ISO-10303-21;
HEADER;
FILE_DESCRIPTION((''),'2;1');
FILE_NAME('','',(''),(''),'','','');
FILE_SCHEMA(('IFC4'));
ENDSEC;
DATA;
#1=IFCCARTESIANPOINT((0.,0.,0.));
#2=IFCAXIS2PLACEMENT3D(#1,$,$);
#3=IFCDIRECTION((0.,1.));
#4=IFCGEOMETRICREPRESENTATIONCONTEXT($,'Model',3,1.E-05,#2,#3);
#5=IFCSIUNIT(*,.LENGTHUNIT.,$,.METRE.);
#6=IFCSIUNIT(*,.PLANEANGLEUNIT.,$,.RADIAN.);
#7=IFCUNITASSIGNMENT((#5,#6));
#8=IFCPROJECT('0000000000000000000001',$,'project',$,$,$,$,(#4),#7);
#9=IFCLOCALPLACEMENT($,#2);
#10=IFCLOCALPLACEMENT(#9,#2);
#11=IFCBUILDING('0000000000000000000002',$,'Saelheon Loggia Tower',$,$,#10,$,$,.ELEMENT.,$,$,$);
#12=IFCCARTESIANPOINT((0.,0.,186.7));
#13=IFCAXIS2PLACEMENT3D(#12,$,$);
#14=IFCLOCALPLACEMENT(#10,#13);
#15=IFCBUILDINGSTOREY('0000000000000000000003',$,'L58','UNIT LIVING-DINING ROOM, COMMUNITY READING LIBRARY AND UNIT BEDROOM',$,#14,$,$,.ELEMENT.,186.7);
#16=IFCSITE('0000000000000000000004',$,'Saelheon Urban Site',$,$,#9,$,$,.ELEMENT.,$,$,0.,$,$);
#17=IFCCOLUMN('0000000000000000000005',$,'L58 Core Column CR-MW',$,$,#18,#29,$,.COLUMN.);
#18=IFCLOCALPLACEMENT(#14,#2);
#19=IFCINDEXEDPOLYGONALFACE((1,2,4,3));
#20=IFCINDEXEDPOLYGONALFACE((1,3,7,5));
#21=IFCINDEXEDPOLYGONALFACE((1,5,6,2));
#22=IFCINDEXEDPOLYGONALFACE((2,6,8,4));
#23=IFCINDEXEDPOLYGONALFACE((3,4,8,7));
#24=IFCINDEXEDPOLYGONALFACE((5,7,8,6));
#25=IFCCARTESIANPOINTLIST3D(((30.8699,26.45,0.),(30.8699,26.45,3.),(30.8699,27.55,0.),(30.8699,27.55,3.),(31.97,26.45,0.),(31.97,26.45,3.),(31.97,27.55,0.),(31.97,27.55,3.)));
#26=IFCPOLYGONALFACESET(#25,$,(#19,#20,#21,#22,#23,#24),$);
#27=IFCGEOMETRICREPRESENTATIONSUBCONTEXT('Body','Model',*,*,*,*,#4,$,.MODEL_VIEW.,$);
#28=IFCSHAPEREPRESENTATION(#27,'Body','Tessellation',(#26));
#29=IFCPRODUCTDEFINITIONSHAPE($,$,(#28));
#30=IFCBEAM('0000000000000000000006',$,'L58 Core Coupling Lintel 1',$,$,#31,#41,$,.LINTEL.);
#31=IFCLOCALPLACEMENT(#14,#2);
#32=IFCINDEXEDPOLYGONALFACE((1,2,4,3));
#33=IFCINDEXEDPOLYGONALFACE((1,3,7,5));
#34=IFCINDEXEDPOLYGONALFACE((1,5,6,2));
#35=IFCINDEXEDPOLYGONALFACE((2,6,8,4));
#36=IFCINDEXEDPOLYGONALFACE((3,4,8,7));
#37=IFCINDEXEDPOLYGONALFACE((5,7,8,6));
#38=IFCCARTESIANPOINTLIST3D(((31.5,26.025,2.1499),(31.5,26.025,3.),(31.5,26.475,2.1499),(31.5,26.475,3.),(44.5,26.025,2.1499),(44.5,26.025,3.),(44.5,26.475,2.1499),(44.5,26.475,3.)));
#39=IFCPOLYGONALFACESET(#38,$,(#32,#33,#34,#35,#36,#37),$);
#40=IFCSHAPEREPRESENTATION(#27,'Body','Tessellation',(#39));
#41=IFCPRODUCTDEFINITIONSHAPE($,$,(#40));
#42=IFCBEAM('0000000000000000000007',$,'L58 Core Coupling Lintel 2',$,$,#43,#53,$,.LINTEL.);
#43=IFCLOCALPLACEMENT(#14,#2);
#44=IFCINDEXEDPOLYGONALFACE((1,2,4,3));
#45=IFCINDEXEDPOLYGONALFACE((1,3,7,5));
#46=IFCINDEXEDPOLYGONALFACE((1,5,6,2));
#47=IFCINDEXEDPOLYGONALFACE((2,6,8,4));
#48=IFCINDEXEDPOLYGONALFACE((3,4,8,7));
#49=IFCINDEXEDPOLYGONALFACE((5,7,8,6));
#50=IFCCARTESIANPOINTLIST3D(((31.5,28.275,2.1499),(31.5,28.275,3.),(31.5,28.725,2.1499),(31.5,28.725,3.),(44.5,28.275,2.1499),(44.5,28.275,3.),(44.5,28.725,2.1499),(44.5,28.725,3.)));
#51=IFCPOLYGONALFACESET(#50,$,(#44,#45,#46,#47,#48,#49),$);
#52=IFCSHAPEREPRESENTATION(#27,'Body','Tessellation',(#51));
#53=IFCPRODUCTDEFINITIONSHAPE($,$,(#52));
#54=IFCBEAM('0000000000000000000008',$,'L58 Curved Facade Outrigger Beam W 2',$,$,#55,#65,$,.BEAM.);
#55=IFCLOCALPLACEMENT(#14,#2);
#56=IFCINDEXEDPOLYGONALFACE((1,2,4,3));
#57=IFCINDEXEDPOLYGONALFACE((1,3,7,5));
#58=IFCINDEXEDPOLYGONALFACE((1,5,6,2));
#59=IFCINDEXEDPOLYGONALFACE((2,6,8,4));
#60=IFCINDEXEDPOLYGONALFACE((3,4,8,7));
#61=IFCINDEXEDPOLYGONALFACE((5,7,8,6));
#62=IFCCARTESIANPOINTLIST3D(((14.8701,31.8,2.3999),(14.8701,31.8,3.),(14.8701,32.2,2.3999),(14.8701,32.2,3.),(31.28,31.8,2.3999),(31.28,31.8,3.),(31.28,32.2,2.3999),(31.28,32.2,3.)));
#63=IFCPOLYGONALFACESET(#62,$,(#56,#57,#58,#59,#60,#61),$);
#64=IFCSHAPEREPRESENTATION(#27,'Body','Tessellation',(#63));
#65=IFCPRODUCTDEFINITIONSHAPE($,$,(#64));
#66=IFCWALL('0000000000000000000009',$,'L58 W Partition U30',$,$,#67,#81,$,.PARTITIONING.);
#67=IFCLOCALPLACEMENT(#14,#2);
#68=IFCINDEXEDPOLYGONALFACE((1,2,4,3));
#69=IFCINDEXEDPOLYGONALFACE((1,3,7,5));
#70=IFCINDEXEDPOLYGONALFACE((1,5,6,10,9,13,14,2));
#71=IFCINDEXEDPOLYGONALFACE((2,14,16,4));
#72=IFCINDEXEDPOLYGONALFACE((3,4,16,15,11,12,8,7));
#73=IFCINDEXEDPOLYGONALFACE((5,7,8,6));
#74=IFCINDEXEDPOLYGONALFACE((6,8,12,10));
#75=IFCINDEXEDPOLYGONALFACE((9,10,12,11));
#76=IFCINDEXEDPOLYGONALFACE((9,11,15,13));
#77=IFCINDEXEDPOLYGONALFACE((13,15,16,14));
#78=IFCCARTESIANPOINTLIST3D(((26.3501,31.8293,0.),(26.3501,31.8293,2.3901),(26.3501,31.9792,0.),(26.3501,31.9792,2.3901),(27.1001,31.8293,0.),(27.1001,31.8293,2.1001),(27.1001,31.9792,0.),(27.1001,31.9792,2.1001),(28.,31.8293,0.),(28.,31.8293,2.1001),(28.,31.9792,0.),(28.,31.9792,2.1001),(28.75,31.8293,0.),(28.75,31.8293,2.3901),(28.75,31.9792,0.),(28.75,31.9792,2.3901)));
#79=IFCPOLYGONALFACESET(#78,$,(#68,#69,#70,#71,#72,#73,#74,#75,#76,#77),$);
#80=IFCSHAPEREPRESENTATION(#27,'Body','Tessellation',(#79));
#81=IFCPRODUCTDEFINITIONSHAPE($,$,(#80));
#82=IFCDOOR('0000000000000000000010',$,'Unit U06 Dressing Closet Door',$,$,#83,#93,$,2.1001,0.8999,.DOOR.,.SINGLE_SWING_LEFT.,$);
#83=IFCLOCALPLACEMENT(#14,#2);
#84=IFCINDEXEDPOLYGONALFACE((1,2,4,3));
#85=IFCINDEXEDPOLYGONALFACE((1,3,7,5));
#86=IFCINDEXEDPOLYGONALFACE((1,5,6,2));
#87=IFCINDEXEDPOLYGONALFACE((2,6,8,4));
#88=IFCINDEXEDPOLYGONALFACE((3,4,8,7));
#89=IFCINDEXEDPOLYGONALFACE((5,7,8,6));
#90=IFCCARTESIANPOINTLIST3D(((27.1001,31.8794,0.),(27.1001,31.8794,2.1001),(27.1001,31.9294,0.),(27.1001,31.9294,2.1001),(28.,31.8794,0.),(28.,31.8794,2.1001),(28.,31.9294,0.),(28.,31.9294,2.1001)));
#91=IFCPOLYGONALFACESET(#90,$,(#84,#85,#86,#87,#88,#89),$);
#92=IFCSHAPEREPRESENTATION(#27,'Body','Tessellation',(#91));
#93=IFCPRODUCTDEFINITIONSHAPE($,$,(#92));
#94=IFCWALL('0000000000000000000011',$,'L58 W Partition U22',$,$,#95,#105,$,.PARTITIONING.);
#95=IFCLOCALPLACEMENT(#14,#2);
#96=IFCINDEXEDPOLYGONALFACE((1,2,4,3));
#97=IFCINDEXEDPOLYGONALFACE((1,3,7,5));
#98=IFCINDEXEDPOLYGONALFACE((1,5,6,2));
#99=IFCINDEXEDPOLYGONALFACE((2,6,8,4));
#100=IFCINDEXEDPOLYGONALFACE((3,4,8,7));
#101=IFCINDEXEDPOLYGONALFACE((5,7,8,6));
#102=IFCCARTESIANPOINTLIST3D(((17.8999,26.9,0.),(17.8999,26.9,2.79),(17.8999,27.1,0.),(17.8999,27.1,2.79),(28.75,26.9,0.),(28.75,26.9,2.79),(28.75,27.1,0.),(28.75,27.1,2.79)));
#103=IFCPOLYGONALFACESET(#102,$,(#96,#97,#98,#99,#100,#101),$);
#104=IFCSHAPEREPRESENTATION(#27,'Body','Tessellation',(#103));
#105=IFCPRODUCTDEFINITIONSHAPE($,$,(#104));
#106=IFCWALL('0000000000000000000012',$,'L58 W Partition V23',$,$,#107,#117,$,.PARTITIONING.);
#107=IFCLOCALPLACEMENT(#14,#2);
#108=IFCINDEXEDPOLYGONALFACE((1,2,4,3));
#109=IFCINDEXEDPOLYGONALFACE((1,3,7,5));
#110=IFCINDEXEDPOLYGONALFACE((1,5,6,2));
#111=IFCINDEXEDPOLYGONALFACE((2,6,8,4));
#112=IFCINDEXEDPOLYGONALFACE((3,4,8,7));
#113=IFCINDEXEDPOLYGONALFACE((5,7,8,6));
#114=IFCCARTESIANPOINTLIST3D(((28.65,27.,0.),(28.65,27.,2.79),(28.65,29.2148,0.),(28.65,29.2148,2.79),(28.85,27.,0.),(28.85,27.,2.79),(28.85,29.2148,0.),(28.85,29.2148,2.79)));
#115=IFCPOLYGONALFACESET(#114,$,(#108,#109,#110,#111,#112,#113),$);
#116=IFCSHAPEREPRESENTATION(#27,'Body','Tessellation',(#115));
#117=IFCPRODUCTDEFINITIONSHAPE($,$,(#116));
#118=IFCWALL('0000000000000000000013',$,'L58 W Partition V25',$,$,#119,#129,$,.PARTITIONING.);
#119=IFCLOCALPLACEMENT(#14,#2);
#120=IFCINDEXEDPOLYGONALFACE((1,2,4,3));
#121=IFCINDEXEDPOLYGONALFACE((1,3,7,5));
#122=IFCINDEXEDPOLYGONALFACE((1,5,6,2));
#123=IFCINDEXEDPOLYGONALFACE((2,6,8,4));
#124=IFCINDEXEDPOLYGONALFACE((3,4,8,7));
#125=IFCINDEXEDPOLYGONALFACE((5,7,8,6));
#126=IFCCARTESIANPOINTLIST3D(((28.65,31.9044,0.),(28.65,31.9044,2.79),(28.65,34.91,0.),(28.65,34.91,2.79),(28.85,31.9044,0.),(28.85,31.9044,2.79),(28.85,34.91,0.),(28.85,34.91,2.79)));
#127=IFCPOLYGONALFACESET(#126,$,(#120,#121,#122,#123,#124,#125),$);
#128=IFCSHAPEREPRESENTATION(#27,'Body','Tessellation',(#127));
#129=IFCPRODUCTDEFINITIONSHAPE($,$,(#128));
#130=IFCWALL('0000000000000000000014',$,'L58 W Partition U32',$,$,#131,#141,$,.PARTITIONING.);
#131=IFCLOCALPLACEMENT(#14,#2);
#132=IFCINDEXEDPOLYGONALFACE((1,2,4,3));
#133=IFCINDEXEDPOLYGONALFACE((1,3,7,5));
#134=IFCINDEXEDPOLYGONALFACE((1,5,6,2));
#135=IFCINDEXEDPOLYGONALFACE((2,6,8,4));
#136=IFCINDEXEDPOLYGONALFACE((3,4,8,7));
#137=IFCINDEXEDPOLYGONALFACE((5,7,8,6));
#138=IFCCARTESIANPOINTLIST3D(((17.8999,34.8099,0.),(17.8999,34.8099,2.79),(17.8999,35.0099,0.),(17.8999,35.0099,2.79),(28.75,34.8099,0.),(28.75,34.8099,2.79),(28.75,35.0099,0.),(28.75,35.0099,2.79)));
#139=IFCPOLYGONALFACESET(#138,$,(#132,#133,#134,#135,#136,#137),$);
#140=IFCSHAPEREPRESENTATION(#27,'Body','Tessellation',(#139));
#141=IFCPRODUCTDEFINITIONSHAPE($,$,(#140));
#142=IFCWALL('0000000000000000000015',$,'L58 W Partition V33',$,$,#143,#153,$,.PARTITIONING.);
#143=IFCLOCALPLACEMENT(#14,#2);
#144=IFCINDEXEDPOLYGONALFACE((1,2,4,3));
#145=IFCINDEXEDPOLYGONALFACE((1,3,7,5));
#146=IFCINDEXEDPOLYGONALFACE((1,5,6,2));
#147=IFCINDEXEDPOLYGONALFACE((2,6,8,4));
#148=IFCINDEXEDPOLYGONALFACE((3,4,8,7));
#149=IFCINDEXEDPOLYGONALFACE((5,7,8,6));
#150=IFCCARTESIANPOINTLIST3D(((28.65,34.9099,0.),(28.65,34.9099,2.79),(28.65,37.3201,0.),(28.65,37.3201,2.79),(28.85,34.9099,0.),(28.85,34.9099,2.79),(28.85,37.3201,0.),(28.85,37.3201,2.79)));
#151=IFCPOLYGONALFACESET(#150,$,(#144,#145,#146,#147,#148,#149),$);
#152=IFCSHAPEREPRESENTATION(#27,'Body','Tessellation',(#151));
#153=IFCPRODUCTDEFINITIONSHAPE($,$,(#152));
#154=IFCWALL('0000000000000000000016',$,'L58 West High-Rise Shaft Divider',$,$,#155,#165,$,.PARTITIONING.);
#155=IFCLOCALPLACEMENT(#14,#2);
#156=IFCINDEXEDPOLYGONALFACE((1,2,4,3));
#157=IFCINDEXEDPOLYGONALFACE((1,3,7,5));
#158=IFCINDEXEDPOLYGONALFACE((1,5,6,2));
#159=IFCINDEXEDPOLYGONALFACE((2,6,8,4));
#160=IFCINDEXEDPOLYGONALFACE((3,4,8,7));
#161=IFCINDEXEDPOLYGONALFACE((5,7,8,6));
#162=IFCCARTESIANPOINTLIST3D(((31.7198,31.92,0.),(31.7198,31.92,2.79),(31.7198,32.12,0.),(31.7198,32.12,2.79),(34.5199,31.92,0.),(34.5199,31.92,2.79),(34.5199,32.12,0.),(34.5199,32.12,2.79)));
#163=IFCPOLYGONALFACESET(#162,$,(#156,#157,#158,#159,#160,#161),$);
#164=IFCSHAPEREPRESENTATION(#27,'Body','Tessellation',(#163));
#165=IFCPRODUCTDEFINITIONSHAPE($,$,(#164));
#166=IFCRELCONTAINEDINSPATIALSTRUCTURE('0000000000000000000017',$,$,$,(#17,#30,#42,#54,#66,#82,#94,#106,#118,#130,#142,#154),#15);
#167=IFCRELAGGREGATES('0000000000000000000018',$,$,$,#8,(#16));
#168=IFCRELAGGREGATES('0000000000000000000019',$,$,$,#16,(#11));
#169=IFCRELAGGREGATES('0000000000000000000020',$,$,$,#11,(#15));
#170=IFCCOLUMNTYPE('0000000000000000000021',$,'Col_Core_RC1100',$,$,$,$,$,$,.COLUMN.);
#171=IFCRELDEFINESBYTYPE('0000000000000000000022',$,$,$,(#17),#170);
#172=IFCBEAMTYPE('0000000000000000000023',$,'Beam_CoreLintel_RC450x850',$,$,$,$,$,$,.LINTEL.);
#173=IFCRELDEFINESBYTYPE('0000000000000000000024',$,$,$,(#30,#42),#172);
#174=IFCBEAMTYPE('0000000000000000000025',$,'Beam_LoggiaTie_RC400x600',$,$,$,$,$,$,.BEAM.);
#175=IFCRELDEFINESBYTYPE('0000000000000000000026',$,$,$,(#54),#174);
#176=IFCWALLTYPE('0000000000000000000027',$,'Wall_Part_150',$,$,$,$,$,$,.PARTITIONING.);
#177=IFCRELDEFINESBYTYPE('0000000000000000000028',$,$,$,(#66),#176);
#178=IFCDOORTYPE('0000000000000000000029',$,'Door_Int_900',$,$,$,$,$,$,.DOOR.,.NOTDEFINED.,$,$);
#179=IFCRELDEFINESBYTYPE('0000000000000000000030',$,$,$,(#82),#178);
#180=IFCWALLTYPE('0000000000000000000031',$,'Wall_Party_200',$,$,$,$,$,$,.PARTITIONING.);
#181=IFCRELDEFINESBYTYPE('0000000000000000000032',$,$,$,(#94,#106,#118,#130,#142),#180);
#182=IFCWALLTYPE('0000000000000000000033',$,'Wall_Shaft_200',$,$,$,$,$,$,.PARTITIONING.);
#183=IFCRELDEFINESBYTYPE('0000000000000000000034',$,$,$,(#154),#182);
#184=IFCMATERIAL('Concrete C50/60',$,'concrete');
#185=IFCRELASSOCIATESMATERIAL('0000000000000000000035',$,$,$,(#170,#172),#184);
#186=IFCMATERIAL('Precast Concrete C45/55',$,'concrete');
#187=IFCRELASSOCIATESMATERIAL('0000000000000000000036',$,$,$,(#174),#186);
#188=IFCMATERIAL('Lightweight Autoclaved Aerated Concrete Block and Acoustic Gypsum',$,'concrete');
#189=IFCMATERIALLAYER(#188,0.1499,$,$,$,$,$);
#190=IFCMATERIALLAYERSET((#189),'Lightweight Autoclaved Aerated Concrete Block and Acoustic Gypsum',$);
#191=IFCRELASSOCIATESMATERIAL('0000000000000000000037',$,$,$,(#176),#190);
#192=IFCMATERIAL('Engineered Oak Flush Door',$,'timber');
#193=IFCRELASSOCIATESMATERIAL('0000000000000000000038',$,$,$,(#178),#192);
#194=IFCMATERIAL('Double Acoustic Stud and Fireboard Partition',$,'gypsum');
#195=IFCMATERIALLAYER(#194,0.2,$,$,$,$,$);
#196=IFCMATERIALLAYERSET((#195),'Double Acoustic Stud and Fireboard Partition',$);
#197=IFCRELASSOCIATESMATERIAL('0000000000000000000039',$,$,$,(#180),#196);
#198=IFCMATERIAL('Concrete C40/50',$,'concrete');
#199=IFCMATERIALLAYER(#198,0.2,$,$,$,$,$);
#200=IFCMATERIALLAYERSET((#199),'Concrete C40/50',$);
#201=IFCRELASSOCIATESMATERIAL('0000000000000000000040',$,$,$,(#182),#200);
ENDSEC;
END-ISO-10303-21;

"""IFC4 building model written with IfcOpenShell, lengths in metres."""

from ifc_helpers import new_model, si_unit, direction, frame, frame_2d, origin, origin_2d, place, context, subcontext, project, spatial, rectangle, extrude, source, transform, mapped, material, layer, layer_set, material_profile, profile_set, type_object, element, fill, save


model = new_model("IFC4")

# Units and contexts
model_context = context("Model", 3, precision=1e-05, world=origin(), true_north=direction((0.0, 1.0)))
body_context = subcontext(model_context, "Body", "Model", "MODEL_VIEW")
ifc_project = project(units=[si_unit("LENGTHUNIT", "METRE"), si_unit("PLANEANGLEUNIT", "RADIAN")], contexts=[model_context])

# Site, building, storey
site_placement = place(None, origin())
site = spatial("IfcSite", under=ifc_project, at=site_placement, Name="Saelheon Urban Site", CompositionType="ELEMENT", RefElevation=0.0)
building_placement = place(site_placement, origin())
building = spatial("IfcBuilding", under=site, at=building_placement, Name="Saelheon Loggia Tower", CompositionType="ELEMENT")
storey_placement = place(building_placement, frame((0.0, 0.0, 186.7)))
storey = spatial("IfcBuildingStorey", under=building, at=storey_placement, Name="L58", Description="UNIT LIVING-DINING ROOM, COMMUNITY READING LIBRARY AND UNIT BEDROOM", CompositionType="ELEMENT", Elevation=186.7)

# Column
ifc_material_1 = material(Name="Concrete C50/60", Category="concrete")
ifc_material_profile_1 = material_profile(ifc_material_1, rectangle(XDim=1.1001, YDim=1.1001, at=origin_2d()), Name="RC-1100x1100")
ifc_profile_set_1 = profile_set([ifc_material_profile_1], Name="Concrete C50/60")
column_type = type_object("IfcColumnType", Name="Col_Core_RC1100", PredefinedType="COLUMN", material=ifc_profile_set_1)
shared_shape_1 = source(origin(), body_context, "Body", "SweptSolid", [
    extrude(rectangle(XDim=1.1001, YDim=1.1001, at=origin_2d()), origin(), (0.0, 0.0, 1.0), 3.0),
])
column_placement = place(storey_placement, frame((31.4199, 27.0, 0.0), z_axis=(0.0, 0.0, 1.0), x_axis=(1.0, 0.0, 0.0)))
element("IfcColumn", 1, at=column_placement, inside=storey, type_object=column_type, Name="L58 Core Column CR-MW", PredefinedType="COLUMN", context=body_context, shape_type="MappedRepresentation", body=[
    mapped(shared_shape_1, transform((0.0, 0.0, 0.0), scale=1.0)),
])

# Beams
ifc_material_profile_2 = material_profile(ifc_material_1, rectangle(XDim=0.45, YDim=0.8501, at=origin_2d()), Name="RC-450x850")
ifc_profile_set_2 = profile_set([ifc_material_profile_2], Name="Concrete C50/60")
beam_type_1 = type_object("IfcBeamType", Name="Beam_CoreLintel_RC450x850", PredefinedType="LINTEL", material=ifc_profile_set_2)
shared_shape_2 = source(origin(), body_context, "Body", "SweptSolid", [
    extrude(rectangle(XDim=0.45, YDim=0.8501, at=origin_2d()), origin(), (0.0, 0.0, 1.0), 13.0),
])
for number, where, z_axis, x_axis, name in (
    (2, (31.5, 26.25, 2.575), (1.0, 0.0, 0.0), (0.0, 1.0, 0.0), "L58 Core Coupling Lintel 1"),
    (3, (31.5, 28.5, 2.575), (1.0, 0.0, 0.0), (0.0, 1.0, 0.0), "L58 Core Coupling Lintel 2"),
):
    element("IfcBeam", number, at=place(storey_placement, frame(where, z_axis=z_axis, x_axis=x_axis)), inside=storey, type_object=beam_type_1, Name=name, PredefinedType="LINTEL", context=body_context, shape_type="MappedRepresentation", body=[
        mapped(shared_shape_2, transform((0.0, 0.0, 0.0), scale=1.0)),
    ])
ifc_material_2 = material(Name="Precast Concrete C45/55", Category="concrete")
ifc_material_profile_3 = material_profile(ifc_material_2, rectangle(XDim=0.3999, YDim=0.6001, at=origin_2d()), Name="RC-400x600")
ifc_profile_set_3 = profile_set([ifc_material_profile_3], Name="Precast Concrete C45/55")
beam_type_2 = type_object("IfcBeamType", Name="Beam_LoggiaTie_RC400x600", PredefinedType="BEAM", material=ifc_profile_set_3)
shared_shape_3 = source(origin(), body_context, "Body", "SweptSolid", [
    extrude(rectangle(XDim=0.3999, YDim=0.6001, at=origin_2d()), origin(), (0.0, 0.0, 1.0), 16.4099),
])
beam_placement = place(storey_placement, frame((31.28, 32.0, 2.7), z_axis=(-1.0, 0.0, 0.0), x_axis=(0.0, -1.0, 0.0)))
element("IfcBeam", 4, at=beam_placement, inside=storey, type_object=beam_type_2, Name="L58 Curved Facade Outrigger Beam W 2", PredefinedType="BEAM", context=body_context, shape_type="MappedRepresentation", body=[
    mapped(shared_shape_3, transform((0.0, 0.0, 0.0), scale=1.0)),
])

# Wall, opening, door
ifc_material_3 = material(Name="Lightweight Autoclaved Aerated Concrete Block and Acoustic Gypsum", Category="concrete")
ifc_layer_1 = layer(ifc_material_3, 0.1499)
ifc_layer_set_1 = layer_set([ifc_layer_1], Name="Lightweight Autoclaved Aerated Concrete Block and Acoustic Gypsum")
wall_type_1 = type_object("IfcWallType", Name="Wall_Part_150", PredefinedType="PARTITIONING", material=ifc_layer_set_1)
wall_1_placement = place(storey_placement, frame((28.75, 31.9043, 0.0), z_axis=(0.0, 0.0, 1.0), x_axis=(-1.0, 0.0, 0.0)))
wall_1 = element("IfcWall", 5, at=wall_1_placement, inside=storey, type_object=wall_type_1, Name="L58 W Partition U30", PredefinedType="PARTITIONING", context=body_context, shape_type="SweptSolid", body=[
    extrude(rectangle(XDim=2.3999, YDim=0.1499, at=frame_2d((1.2, 0.0))), origin(), (0.0, 0.0, 1.0), 2.3901),
])
opening_1_placement = place(wall_1_placement, frame((0.75, 0.0, 0.0)))
opening_1 = element("IfcOpeningElement", 6, at=opening_1_placement, cuts=wall_1, PredefinedType="OPENING", context=body_context, shape_type="SweptSolid", body=[
    extrude(rectangle(XDim=0.8999, YDim=2.1001, at=frame_2d((0.45, 1.05))), frame((0.0, 0.0869, 0.0), z_axis=(0.0, -1.0, 0.0), x_axis=(1.0, 0.0, 0.0)), (0.0, 0.0, 1.0), 0.1738),
])
ifc_material_4 = material(Name="Engineered Oak Flush Door", Category="timber")
door_type_1 = type_object("IfcDoorType", Name="Door_Int_900", OperationType="NOTDEFINED", PredefinedType="DOOR", material=ifc_material_4)
shared_shape_4 = source(origin(), body_context, "Body", "SweptSolid", [
    extrude(rectangle(XDim=0.8999, YDim=2.1001, at=frame_2d((0.45, 1.05))), frame((0.0, 0.0249, 0.0), z_axis=(0.0, -1.0, 0.0), x_axis=(1.0, 0.0, 0.0)), (0.0, 0.0, 1.0), 0.05),
])
door_1_placement = place(opening_1_placement, origin())
door_1 = element("IfcDoor", 7, at=door_1_placement, inside=storey, type_object=door_type_1, Name="Unit U06 Dressing Closet Door", OperationType="SINGLE_SWING_LEFT", OverallHeight=2.1001, OverallWidth=0.8999, PredefinedType="DOOR", context=body_context, shape_type="MappedRepresentation", body=[
    mapped(shared_shape_4, transform((0.0, 0.0, 0.0), scale=1.0)),
])
fill(opening_1, door_1)

# Walls
ifc_material_5 = material(Name="Double Acoustic Stud and Fireboard Partition", Category="gypsum")
ifc_layer_2 = layer(ifc_material_5, 0.2)
ifc_layer_set_2 = layer_set([ifc_layer_2], Name="Double Acoustic Stud and Fireboard Partition")
wall_type_2 = type_object("IfcWallType", Name="Wall_Party_200", PredefinedType="PARTITIONING", material=ifc_layer_set_2)
wall_2_placement = place(storey_placement, frame((28.75, 27.0, 0.0), z_axis=(0.0, 0.0, 1.0), x_axis=(-1.0, 0.0, 0.0)))
element("IfcWall", 8, at=wall_2_placement, inside=storey, type_object=wall_type_2, Name="L58 W Partition U22", PredefinedType="PARTITIONING", context=body_context, shape_type="SweptSolid", body=[
    extrude(rectangle(XDim=10.8501, YDim=0.2, at=frame_2d((5.425, 0.0))), origin(), (0.0, 0.0, 1.0), 2.79),
])
wall_3_placement = place(storey_placement, frame((28.75, 27.0, 0.0), z_axis=(0.0, 0.0, 1.0), x_axis=(0.0, 1.0, 0.0)))
element("IfcWall", 9, at=wall_3_placement, inside=storey, type_object=wall_type_2, Name="L58 W Partition V23", PredefinedType="PARTITIONING", context=body_context, shape_type="SweptSolid", body=[
    extrude(rectangle(XDim=2.2148, YDim=0.2, at=frame_2d((1.1074, 0.0))), origin(), (0.0, 0.0, 1.0), 2.79),
])

# Walls
wall_4_placement = place(storey_placement, frame((28.75, 31.9043, 0.0), z_axis=(0.0, 0.0, 1.0), x_axis=(0.0, 1.0, 0.0)))
element("IfcWall", 10, at=wall_4_placement, inside=storey, type_object=wall_type_2, Name="L58 W Partition V25", PredefinedType="PARTITIONING", context=body_context, shape_type="SweptSolid", body=[
    extrude(rectangle(XDim=3.0056, YDim=0.2, at=frame_2d((1.5029, 0.0))), origin(), (0.0, 0.0, 1.0), 2.79),
])
wall_5_placement = place(storey_placement, frame((28.75, 34.9099, 0.0), z_axis=(0.0, 0.0, 1.0), x_axis=(-1.0, 0.0, 0.0)))
element("IfcWall", 11, at=wall_5_placement, inside=storey, type_object=wall_type_2, Name="L58 W Partition U32", PredefinedType="PARTITIONING", context=body_context, shape_type="SweptSolid", body=[
    extrude(rectangle(XDim=10.8501, YDim=0.2, at=frame_2d((5.425, 0.0))), origin(), (0.0, 0.0, 1.0), 2.79),
])
wall_6_placement = place(storey_placement, frame((28.75, 34.9099, 0.0), z_axis=(0.0, 0.0, 1.0), x_axis=(0.0, 1.0, 0.0)))
element("IfcWall", 12, at=wall_6_placement, inside=storey, type_object=wall_type_2, Name="L58 W Partition V33", PredefinedType="PARTITIONING", context=body_context, shape_type="SweptSolid", body=[
    extrude(rectangle(XDim=2.4102, YDim=0.2, at=frame_2d((1.2051, 0.0))), origin(), (0.0, 0.0, 1.0), 2.79),
])
ifc_material_6 = material(Name="Concrete C40/50", Category="concrete")
ifc_layer_3 = layer(ifc_material_6, 0.2)
ifc_layer_set_3 = layer_set([ifc_layer_3], Name="Concrete C40/50")
wall_type_3 = type_object("IfcWallType", Name="Wall_Shaft_200", PredefinedType="PARTITIONING", material=ifc_layer_set_3)
wall_7_placement = place(storey_placement, frame((31.72, 32.02, 0.0), z_axis=(0.0, 0.0, 1.0), x_axis=(1.0, 0.0, 0.0)))
element("IfcWall", 13, at=wall_7_placement, inside=storey, type_object=wall_type_3, Name="L58 West High-Rise Shaft Divider", PredefinedType="PARTITIONING", context=body_context, shape_type="SweptSolid", body=[
    extrude(rectangle(XDim=2.8, YDim=0.2, at=frame_2d((1.3999, 0.0))), origin(), (0.0, 0.0, 1.0), 2.79),
])

save(model, "model.ifc")
